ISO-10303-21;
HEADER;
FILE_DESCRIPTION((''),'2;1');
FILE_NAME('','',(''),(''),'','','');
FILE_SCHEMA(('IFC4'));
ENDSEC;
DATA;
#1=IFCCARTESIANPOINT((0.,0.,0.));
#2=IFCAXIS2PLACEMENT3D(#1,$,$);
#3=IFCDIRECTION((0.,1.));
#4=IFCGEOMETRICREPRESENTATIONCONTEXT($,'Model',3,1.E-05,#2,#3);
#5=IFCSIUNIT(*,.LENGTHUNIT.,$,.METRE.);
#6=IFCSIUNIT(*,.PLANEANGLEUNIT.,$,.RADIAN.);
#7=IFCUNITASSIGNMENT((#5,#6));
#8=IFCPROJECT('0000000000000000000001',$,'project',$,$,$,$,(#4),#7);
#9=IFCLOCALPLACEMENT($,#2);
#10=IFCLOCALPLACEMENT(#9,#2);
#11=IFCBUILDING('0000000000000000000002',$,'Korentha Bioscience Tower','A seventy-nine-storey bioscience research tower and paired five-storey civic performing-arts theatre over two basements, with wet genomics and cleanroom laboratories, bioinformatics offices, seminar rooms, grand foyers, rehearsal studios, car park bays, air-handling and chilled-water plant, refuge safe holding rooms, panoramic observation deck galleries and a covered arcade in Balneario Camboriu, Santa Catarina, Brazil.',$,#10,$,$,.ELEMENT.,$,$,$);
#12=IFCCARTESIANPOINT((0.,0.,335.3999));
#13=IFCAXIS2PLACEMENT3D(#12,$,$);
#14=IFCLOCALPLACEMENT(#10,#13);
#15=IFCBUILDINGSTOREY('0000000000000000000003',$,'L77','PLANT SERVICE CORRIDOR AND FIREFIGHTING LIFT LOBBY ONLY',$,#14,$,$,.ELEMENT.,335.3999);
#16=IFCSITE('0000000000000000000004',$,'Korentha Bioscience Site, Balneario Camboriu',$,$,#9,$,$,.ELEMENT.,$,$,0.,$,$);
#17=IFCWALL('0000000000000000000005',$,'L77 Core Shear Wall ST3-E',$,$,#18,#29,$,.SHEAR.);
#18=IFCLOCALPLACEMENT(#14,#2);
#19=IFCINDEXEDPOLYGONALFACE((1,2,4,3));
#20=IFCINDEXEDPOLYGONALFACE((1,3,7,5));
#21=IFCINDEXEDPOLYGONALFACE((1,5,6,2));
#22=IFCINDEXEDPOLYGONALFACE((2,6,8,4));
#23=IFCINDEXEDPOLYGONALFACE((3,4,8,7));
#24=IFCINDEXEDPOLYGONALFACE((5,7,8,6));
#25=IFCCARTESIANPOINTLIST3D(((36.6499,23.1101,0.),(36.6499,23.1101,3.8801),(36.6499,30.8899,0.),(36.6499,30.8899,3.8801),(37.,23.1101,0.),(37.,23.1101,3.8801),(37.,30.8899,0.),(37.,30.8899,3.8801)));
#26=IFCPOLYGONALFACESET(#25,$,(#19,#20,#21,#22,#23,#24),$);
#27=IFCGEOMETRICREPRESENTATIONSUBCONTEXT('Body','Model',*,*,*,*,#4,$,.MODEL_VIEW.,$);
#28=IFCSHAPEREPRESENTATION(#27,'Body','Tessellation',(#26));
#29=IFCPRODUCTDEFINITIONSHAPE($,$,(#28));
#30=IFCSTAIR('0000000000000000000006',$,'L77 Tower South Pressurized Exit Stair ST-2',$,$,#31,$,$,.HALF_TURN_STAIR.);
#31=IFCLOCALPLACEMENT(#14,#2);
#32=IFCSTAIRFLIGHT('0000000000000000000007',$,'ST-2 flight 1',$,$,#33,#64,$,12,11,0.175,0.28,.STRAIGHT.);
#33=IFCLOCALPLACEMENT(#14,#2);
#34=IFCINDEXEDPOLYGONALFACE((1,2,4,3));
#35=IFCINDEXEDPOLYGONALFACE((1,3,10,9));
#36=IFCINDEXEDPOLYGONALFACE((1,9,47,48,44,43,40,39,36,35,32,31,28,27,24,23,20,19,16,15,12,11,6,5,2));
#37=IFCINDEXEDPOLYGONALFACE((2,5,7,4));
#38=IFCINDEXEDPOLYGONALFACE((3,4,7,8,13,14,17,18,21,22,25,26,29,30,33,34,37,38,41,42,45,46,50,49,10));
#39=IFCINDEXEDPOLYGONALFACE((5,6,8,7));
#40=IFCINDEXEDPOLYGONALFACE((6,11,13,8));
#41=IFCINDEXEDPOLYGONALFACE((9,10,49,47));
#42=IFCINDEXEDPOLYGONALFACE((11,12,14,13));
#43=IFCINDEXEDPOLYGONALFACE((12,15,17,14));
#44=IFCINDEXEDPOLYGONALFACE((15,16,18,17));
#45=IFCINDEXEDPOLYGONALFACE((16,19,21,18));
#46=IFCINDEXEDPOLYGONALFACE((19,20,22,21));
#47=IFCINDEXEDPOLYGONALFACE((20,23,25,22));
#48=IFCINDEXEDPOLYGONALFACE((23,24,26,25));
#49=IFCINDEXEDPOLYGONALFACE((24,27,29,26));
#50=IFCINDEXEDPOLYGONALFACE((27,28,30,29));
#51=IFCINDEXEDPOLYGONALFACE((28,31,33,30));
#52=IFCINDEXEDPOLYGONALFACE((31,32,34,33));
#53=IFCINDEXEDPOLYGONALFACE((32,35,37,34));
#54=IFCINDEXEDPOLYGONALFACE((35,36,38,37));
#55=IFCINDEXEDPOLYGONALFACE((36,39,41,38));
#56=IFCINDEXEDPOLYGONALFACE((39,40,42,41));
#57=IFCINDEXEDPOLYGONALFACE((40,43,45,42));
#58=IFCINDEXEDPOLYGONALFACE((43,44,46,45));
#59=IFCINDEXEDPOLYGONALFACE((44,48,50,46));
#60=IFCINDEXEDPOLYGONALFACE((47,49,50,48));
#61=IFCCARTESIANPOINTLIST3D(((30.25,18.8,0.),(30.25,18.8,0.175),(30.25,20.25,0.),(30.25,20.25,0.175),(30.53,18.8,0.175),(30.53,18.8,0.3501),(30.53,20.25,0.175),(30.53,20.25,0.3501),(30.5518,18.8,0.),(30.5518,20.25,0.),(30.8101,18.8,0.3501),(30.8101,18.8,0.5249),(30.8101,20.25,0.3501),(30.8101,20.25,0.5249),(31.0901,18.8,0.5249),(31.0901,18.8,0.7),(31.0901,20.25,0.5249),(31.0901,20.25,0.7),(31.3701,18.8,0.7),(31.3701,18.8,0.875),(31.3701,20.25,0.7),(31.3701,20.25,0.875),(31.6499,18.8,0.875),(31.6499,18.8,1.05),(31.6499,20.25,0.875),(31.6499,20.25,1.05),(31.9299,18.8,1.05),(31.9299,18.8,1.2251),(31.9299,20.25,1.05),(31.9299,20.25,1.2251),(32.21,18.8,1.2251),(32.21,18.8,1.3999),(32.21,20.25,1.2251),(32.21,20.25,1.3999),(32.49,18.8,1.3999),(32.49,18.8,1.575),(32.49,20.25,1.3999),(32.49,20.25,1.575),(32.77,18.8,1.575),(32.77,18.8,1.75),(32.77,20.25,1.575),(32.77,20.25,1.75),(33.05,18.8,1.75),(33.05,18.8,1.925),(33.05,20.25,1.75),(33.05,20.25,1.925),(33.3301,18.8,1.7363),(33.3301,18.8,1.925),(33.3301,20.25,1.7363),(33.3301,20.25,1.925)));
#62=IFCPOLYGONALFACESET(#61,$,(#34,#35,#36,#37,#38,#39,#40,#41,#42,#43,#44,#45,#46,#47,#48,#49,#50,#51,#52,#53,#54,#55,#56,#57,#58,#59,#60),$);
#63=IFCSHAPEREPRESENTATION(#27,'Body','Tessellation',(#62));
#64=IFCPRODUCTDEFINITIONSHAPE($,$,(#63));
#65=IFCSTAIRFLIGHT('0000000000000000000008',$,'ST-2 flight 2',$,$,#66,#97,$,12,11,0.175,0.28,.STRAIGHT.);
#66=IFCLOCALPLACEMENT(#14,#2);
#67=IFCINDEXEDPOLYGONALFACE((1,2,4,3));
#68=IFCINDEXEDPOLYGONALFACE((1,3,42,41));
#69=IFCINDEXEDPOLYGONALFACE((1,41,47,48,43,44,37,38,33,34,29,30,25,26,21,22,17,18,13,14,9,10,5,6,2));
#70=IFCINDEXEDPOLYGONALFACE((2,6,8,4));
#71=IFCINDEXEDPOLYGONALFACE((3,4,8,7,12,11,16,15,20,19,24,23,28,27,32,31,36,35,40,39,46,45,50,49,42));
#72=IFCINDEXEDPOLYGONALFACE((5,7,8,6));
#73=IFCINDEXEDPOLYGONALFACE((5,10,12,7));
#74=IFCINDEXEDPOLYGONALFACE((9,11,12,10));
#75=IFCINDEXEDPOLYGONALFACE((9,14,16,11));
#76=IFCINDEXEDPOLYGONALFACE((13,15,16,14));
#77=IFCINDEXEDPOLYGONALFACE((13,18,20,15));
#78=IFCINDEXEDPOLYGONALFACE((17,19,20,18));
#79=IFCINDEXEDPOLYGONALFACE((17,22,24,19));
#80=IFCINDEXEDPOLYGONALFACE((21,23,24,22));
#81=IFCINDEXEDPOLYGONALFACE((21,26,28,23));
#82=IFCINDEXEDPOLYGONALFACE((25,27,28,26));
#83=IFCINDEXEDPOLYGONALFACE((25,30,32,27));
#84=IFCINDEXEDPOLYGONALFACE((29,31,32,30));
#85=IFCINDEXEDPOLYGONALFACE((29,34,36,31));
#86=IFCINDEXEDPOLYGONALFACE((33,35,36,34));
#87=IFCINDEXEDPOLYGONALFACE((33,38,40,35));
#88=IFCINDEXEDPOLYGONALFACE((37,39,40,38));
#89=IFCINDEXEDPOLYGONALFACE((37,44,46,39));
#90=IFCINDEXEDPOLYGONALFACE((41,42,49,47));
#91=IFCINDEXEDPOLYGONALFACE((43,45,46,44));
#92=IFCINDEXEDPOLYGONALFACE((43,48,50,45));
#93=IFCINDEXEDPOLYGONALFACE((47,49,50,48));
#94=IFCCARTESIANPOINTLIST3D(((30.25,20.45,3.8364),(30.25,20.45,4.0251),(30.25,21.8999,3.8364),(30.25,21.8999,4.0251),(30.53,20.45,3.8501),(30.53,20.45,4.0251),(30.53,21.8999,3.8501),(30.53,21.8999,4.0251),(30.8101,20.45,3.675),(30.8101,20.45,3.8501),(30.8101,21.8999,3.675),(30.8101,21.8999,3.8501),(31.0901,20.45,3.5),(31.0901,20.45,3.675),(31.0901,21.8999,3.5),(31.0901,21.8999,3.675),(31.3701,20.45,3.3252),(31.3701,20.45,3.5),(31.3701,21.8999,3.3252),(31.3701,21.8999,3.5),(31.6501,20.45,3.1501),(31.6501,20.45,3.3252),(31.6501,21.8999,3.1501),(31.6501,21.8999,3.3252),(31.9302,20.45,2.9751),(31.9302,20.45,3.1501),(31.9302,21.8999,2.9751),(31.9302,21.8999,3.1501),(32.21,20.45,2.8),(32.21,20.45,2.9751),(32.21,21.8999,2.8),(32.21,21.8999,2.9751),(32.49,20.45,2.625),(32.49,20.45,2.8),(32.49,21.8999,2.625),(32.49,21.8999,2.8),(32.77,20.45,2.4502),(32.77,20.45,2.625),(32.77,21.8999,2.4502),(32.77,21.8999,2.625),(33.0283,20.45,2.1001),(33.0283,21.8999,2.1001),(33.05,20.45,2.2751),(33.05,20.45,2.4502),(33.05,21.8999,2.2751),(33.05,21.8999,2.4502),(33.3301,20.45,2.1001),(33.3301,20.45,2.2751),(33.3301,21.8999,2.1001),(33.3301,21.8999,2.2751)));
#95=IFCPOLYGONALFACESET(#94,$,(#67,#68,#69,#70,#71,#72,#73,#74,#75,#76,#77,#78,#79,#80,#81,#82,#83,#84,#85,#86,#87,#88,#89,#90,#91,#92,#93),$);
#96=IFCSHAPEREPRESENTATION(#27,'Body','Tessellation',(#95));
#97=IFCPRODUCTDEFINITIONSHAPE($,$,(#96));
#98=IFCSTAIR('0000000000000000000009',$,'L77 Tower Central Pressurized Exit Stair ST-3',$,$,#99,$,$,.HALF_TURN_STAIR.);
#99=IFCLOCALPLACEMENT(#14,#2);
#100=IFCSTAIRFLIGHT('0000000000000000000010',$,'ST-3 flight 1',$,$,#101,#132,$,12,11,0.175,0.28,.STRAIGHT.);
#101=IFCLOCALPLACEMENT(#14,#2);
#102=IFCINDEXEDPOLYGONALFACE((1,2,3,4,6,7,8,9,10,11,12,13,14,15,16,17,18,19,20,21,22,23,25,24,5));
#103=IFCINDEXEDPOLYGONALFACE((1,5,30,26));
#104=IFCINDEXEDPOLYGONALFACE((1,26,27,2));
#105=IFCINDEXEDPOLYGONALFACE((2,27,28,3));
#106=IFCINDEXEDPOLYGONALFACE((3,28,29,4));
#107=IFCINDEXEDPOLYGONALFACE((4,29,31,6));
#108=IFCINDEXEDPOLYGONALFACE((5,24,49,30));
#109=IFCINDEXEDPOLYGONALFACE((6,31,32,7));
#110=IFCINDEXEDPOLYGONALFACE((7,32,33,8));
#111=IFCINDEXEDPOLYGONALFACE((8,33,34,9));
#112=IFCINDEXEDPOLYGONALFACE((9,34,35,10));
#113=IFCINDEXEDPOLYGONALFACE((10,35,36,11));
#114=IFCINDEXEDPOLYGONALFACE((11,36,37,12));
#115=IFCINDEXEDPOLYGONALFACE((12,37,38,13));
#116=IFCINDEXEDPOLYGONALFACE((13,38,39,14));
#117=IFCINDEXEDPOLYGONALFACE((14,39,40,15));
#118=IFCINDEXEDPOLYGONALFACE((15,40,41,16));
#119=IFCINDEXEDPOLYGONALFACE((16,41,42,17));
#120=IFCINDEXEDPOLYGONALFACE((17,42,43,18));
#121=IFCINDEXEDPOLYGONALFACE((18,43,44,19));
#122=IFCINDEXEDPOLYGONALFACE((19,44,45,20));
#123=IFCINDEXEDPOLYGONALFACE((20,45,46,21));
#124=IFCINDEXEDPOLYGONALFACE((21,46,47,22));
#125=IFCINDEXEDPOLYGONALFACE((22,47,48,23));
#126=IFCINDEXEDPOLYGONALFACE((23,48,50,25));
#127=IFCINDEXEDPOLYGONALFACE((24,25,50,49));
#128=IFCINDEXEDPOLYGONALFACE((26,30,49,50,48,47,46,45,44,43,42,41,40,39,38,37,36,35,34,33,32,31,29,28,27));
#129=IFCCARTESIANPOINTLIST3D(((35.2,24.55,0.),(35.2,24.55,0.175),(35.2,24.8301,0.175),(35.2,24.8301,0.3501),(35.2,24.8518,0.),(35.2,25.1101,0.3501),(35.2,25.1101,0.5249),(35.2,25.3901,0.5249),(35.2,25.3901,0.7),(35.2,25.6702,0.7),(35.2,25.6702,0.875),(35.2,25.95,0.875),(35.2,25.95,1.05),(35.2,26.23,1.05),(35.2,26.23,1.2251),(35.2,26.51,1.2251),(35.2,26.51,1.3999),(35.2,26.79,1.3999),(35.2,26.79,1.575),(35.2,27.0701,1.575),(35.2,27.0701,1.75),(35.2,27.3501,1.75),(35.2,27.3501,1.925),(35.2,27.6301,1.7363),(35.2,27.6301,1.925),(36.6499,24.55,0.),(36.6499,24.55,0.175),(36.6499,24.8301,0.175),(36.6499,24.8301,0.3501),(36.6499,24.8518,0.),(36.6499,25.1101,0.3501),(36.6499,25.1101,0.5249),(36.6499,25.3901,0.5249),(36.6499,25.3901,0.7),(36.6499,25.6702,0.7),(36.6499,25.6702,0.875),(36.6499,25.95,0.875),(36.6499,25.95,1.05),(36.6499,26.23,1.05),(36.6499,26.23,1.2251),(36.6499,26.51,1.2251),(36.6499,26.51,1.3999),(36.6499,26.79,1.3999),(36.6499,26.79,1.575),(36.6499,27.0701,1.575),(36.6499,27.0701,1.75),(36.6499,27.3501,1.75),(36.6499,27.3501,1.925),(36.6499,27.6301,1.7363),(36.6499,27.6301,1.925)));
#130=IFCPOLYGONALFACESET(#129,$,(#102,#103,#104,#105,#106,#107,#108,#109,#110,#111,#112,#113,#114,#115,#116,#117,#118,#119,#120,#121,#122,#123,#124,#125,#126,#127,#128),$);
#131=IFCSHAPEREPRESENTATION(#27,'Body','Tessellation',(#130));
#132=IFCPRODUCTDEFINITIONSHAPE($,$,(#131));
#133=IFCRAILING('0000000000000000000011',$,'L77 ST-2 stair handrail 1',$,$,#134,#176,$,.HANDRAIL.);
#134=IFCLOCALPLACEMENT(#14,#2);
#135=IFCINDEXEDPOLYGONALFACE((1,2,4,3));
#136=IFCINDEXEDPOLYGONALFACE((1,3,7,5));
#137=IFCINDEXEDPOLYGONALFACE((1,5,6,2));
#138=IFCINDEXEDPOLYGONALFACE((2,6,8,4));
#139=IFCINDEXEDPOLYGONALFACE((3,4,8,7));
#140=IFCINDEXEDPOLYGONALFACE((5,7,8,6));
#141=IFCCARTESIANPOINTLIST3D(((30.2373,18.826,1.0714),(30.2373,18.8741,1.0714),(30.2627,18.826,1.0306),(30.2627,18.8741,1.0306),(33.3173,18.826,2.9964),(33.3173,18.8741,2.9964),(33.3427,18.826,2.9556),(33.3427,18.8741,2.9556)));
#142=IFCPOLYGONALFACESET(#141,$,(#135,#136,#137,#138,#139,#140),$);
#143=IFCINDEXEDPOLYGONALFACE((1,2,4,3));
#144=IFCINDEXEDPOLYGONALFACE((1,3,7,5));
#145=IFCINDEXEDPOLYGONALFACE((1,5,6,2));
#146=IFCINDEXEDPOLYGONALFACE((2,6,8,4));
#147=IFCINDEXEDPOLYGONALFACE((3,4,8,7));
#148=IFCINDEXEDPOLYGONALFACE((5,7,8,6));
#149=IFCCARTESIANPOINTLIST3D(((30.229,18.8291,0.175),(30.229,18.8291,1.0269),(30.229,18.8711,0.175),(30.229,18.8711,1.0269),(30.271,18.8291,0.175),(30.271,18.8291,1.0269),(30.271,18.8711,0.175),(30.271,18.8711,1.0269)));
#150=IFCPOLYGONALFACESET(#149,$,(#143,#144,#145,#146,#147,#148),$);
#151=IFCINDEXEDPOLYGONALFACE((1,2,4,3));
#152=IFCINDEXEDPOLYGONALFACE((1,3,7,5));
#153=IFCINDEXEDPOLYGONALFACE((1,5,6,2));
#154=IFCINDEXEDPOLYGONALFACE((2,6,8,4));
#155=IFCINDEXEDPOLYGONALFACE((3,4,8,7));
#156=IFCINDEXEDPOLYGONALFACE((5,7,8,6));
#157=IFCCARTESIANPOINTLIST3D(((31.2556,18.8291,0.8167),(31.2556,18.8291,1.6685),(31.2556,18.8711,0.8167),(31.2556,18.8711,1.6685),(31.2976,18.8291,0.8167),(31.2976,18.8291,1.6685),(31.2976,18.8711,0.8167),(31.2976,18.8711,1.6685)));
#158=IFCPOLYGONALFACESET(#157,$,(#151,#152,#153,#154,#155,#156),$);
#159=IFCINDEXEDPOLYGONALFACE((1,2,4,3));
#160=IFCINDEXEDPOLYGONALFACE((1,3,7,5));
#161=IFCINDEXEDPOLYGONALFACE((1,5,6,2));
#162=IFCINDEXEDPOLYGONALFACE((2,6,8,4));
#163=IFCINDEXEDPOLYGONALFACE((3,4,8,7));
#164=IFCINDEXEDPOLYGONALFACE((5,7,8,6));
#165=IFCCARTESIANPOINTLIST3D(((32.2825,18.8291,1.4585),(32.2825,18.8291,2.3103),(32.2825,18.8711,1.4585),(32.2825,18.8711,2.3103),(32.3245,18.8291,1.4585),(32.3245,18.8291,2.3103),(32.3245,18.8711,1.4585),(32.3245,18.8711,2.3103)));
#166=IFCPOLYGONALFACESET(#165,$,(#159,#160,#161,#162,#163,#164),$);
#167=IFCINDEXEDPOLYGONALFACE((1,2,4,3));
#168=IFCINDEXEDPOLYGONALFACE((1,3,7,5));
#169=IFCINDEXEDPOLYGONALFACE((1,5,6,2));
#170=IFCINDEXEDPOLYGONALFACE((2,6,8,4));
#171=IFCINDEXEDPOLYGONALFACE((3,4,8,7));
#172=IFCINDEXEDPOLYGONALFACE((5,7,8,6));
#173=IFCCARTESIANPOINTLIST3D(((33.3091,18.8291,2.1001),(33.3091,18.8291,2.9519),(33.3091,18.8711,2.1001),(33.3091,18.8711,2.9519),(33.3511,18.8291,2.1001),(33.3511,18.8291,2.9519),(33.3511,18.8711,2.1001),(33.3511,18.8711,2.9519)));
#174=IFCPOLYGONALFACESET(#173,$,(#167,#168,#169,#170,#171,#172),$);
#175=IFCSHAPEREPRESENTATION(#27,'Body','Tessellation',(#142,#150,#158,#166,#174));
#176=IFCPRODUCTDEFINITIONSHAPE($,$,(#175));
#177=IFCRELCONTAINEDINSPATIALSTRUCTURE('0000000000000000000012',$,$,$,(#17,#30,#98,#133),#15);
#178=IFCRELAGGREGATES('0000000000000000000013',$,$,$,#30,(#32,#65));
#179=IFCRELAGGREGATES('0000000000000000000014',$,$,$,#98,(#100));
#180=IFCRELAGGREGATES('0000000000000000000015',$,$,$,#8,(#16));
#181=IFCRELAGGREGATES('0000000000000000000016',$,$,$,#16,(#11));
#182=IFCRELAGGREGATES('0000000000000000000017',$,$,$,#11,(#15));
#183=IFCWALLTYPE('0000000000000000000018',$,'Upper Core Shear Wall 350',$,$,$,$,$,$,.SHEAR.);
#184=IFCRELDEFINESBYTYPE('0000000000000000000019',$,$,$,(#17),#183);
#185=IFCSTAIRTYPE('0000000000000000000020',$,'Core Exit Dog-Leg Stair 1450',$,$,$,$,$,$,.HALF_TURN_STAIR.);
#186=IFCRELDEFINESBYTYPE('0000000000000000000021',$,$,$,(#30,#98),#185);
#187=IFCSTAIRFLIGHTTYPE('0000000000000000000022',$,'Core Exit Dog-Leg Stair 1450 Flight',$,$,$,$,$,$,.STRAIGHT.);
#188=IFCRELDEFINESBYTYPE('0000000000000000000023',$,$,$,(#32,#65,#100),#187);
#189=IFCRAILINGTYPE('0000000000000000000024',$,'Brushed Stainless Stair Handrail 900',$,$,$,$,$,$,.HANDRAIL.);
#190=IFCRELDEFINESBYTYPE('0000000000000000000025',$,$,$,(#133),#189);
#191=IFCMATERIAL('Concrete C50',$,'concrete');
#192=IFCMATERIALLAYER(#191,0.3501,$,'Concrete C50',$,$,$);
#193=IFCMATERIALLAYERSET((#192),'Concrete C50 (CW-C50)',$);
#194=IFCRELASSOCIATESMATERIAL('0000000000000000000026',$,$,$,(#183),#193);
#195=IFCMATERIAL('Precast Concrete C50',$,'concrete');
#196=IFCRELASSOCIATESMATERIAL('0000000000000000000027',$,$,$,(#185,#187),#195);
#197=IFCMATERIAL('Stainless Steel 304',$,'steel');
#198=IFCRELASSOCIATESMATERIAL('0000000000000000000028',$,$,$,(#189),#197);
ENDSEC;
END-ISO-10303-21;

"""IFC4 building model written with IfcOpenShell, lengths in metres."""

from ifc_helpers import new_model, si_unit, direction, frame, frame_2d, origin, origin_2d, place, context, subcontext, project, spatial, polyline, rectangle, outline, extrude, material, layer, layer_set, type_object, element, aggregate, save


model = new_model("IFC4")

# Units and contexts
model_context = context("Model", 3, precision=1e-05, world=origin(), true_north=direction((0.0, 1.0)))
body_context = subcontext(model_context, "Body", "Model", "MODEL_VIEW")
ifc_project = project(units=[si_unit("LENGTHUNIT", "METRE"), si_unit("PLANEANGLEUNIT", "RADIAN")], contexts=[model_context])

# Site, building, storey
site_placement = place(None, origin())
site = spatial("IfcSite", under=ifc_project, at=site_placement, Name="Korentha Bioscience Site, Balneario Camboriu", CompositionType="ELEMENT", RefElevation=0.0)
building_placement = place(site_placement, origin())
building = spatial("IfcBuilding", under=site, at=building_placement, Name="Korentha Bioscience Tower", Description="A seventy-nine-storey bioscience research tower and paired five-storey civic performing-arts theatre over two basements, with wet genomics and cleanroom laboratories, bioinformatics offices, seminar rooms, grand foyers, rehearsal studios, car park bays, air-handling and chilled-water plant, refuge safe holding rooms, panoramic observation deck galleries and a covered arcade in Balneario Camboriu, Santa Catarina, Brazil.", CompositionType="ELEMENT")
storey_placement = place(building_placement, frame((0.0, 0.0, 335.3999)))
storey = spatial("IfcBuildingStorey", under=building, at=storey_placement, Name="L77", Description="PLANT SERVICE CORRIDOR AND FIREFIGHTING LIFT LOBBY ONLY", CompositionType="ELEMENT", Elevation=335.3999)

# Shared definitions
ifc_material_1 = material(Name="Concrete C50", Category="concrete")

# Wall
ifc_layer_1 = layer(ifc_material_1, 0.3501, Name="Concrete C50")
ifc_layer_set_1 = layer_set([ifc_layer_1], Name="Concrete C50 (CW-C50)")
wall_type_1 = type_object("IfcWallType", Name="Upper Core Shear Wall 350", PredefinedType="SHEAR", material=ifc_layer_set_1)
wall_1_placement = place(storey_placement, frame((36.825, 23.1101, 0.0), z_axis=(0.0, 0.0, 1.0), x_axis=(0.0, 1.0, 0.0)))
element("IfcWall", 1, at=wall_1_placement, inside=storey, type_object=wall_type_1, Name="L77 Core Shear Wall ST3-E", PredefinedType="SHEAR", context=body_context, shape_type="SweptSolid", body=[
    extrude(rectangle(XDim=7.7798, YDim=0.3501, at=frame_2d((3.8899, 0.0))), origin(), (0.0, 0.0, 1.0), 3.8801),
])

# Stair, stair flights
ifc_material_2 = material(Name="Precast Concrete C50", Category="concrete")
stair_type = type_object("IfcStairType", Name="Core Exit Dog-Leg Stair 1450", PredefinedType="HALF_TURN_STAIR", material=ifc_material_2)
stair_1_placement = place(storey_placement, origin())
stair_1 = element("IfcStair", 2, at=stair_1_placement, inside=storey, type_object=stair_type, Name="L77 Tower South Pressurized Exit Stair ST-2", PredefinedType="HALF_TURN_STAIR")
stair_flight_type = type_object("IfcStairFlightType", Name="Core Exit Dog-Leg Stair 1450 Flight", PredefinedType="STRAIGHT", material=ifc_material_2)
stair_flight_1_placement = place(storey_placement, frame((30.25, 19.5249, 0.0), z_axis=(0.0, 0.0, 1.0), x_axis=(1.0, 0.0, 0.0)))
stair_flight_1 = element("IfcStairFlight", 3, at=stair_flight_1_placement, type_object=stair_flight_type, Name="ST-2 flight 1", NumberOfRisers=12, NumberOfTreads=11, PredefinedType="STRAIGHT", RiserHeight=0.175, TreadLength=0.28, context=body_context, shape_type="SweptSolid", body=[
    extrude(outline(polyline([(0.0, 0.0), (0.0, 0.175), (0.28, 0.175), (0.28, 0.3501), (0.5601, 0.3501), (0.5601, 0.5249), (0.8401, 0.5249), (0.8401, 0.7), (1.1201, 0.7), (1.1201, 0.875), (1.3999, 0.875), (1.3999, 1.05), (1.6799, 1.05), (1.6799, 1.2251), (1.96, 1.2251), (1.96, 1.3999), (2.24, 1.3999), (2.24, 1.575), (2.52, 1.575), (2.52, 1.75), (2.8, 1.75), (2.8, 1.925), (3.0801, 1.925), (3.0801, 2.1001), (3.0801, 1.7363), (0.3018, 0.0), (0.0, 0.0)])), frame((0.0, 0.7251, 0.0), z_axis=(0.0, -1.0, 0.0), x_axis=(1.0, 0.0, 0.0)), (0.0, 0.0, 1.0), 1.45),
])
stair_flight_2_placement = place(storey_placement, frame((33.3301, 21.175, 2.1001), z_axis=(0.0, 0.0, 1.0), x_axis=(-1.0, 0.0, 0.0)))
stair_flight_2 = element("IfcStairFlight", 4, at=stair_flight_2_placement, type_object=stair_flight_type, Name="ST-2 flight 2", NumberOfRisers=12, NumberOfTreads=11, PredefinedType="STRAIGHT", RiserHeight=0.175, TreadLength=0.28, context=body_context, shape_type="SweptSolid", body=[
    extrude(outline(polyline([(0.0, 0.0), (0.0, 0.175), (0.28, 0.175), (0.28, 0.3501), (0.5601, 0.3501), (0.5601, 0.5249), (0.8401, 0.5249), (0.8401, 0.7), (1.1201, 0.7), (1.1201, 0.875), (1.3999, 0.875), (1.3999, 1.05), (1.6799, 1.05), (1.6799, 1.2251), (1.96, 1.2251), (1.96, 1.3999), (2.24, 1.3999), (2.24, 1.575), (2.52, 1.575), (2.52, 1.75), (2.8, 1.75), (2.8, 1.925), (3.0801, 1.925), (3.0801, 2.1001), (3.0801, 1.7363), (0.3018, 0.0), (0.0, 0.0)])), frame((0.0, 0.7251, 0.0), z_axis=(0.0, -1.0, 0.0), x_axis=(1.0, 0.0, 0.0)), (0.0, 0.0, 1.0), 1.45),
])
aggregate(stair_1, [stair_flight_1, stair_flight_2])

# Stair, stair flight
stair_2_placement = place(storey_placement, origin())
stair_2 = element("IfcStair", 5, at=stair_2_placement, inside=storey, type_object=stair_type, Name="L77 Tower Central Pressurized Exit Stair ST-3", PredefinedType="HALF_TURN_STAIR")
stair_flight_3_placement = place(storey_placement, frame((35.925, 24.55, 0.0), z_axis=(0.0, 0.0, 1.0), x_axis=(0.0, 1.0, 0.0)))
stair_flight_3 = element("IfcStairFlight", 6, at=stair_flight_3_placement, type_object=stair_flight_type, Name="ST-3 flight 1", NumberOfRisers=12, NumberOfTreads=11, PredefinedType="STRAIGHT", RiserHeight=0.175, TreadLength=0.28, context=body_context, shape_type="SweptSolid", body=[
    extrude(outline(polyline([(0.0, 0.0), (0.0, 0.175), (0.28, 0.175), (0.28, 0.3501), (0.5601, 0.3501), (0.5601, 0.5249), (0.8401, 0.5249), (0.8401, 0.7), (1.1201, 0.7), (1.1201, 0.875), (1.3999, 0.875), (1.3999, 1.05), (1.6799, 1.05), (1.6799, 1.2251), (1.96, 1.2251), (1.96, 1.3999), (2.24, 1.3999), (2.24, 1.575), (2.52, 1.575), (2.52, 1.75), (2.8, 1.75), (2.8, 1.925), (3.0801, 1.925), (3.0801, 2.1001), (3.0801, 1.7363), (0.3018, 0.0), (0.0, 0.0)])), frame((0.0, 0.7251, 0.0), z_axis=(0.0, -1.0, 0.0), x_axis=(1.0, 0.0, 0.0)), (0.0, 0.0, 1.0), 1.45),
])
aggregate(stair_2, [stair_flight_3])

# Railing
ifc_material_3 = material(Name="Stainless Steel 304", Category="steel")
railing_type_1 = type_object("IfcRailingType", Name="Brushed Stainless Stair Handrail 900", PredefinedType="HANDRAIL", material=ifc_material_3)
railing_1_placement = place(storey_placement, frame((30.25, 18.8501, 0.175)))
element("IfcRailing", 7, at=railing_1_placement, inside=storey, type_object=railing_type_1, Name="L77 ST-2 stair handrail 1", PredefinedType="HANDRAIL", context=body_context, shape_type="SweptSolid", body=[
    extrude(rectangle(XDim=0.0481, YDim=0.0481, at=origin_2d()), frame((0.0, 0.0, 0.876), z_axis=(0.847998, 0.0, 0.529999), x_axis=(0.0, 1.0, 0.0)), (0.0, 0.0, 1.0), 3.6321),
    extrude(rectangle(XDim=0.042, YDim=0.042, at=origin_2d()), origin(), (0.0, 0.0, 1.0), 0.8518),
    extrude(rectangle(XDim=0.042, YDim=0.042, at=origin_2d()), frame((1.0266, 0.0, 0.6416)), (0.0, 0.0, 1.0), 0.8518),
    extrude(rectangle(XDim=0.042, YDim=0.042, at=origin_2d()), frame((2.0535, 0.0, 1.2834)), (0.0, 0.0, 1.0), 0.8518),
    extrude(rectangle(XDim=0.042, YDim=0.042, at=origin_2d()), frame((3.0801, 0.0, 1.925)), (0.0, 0.0, 1.0), 0.8518),
])

save(model, "model.ifc")
